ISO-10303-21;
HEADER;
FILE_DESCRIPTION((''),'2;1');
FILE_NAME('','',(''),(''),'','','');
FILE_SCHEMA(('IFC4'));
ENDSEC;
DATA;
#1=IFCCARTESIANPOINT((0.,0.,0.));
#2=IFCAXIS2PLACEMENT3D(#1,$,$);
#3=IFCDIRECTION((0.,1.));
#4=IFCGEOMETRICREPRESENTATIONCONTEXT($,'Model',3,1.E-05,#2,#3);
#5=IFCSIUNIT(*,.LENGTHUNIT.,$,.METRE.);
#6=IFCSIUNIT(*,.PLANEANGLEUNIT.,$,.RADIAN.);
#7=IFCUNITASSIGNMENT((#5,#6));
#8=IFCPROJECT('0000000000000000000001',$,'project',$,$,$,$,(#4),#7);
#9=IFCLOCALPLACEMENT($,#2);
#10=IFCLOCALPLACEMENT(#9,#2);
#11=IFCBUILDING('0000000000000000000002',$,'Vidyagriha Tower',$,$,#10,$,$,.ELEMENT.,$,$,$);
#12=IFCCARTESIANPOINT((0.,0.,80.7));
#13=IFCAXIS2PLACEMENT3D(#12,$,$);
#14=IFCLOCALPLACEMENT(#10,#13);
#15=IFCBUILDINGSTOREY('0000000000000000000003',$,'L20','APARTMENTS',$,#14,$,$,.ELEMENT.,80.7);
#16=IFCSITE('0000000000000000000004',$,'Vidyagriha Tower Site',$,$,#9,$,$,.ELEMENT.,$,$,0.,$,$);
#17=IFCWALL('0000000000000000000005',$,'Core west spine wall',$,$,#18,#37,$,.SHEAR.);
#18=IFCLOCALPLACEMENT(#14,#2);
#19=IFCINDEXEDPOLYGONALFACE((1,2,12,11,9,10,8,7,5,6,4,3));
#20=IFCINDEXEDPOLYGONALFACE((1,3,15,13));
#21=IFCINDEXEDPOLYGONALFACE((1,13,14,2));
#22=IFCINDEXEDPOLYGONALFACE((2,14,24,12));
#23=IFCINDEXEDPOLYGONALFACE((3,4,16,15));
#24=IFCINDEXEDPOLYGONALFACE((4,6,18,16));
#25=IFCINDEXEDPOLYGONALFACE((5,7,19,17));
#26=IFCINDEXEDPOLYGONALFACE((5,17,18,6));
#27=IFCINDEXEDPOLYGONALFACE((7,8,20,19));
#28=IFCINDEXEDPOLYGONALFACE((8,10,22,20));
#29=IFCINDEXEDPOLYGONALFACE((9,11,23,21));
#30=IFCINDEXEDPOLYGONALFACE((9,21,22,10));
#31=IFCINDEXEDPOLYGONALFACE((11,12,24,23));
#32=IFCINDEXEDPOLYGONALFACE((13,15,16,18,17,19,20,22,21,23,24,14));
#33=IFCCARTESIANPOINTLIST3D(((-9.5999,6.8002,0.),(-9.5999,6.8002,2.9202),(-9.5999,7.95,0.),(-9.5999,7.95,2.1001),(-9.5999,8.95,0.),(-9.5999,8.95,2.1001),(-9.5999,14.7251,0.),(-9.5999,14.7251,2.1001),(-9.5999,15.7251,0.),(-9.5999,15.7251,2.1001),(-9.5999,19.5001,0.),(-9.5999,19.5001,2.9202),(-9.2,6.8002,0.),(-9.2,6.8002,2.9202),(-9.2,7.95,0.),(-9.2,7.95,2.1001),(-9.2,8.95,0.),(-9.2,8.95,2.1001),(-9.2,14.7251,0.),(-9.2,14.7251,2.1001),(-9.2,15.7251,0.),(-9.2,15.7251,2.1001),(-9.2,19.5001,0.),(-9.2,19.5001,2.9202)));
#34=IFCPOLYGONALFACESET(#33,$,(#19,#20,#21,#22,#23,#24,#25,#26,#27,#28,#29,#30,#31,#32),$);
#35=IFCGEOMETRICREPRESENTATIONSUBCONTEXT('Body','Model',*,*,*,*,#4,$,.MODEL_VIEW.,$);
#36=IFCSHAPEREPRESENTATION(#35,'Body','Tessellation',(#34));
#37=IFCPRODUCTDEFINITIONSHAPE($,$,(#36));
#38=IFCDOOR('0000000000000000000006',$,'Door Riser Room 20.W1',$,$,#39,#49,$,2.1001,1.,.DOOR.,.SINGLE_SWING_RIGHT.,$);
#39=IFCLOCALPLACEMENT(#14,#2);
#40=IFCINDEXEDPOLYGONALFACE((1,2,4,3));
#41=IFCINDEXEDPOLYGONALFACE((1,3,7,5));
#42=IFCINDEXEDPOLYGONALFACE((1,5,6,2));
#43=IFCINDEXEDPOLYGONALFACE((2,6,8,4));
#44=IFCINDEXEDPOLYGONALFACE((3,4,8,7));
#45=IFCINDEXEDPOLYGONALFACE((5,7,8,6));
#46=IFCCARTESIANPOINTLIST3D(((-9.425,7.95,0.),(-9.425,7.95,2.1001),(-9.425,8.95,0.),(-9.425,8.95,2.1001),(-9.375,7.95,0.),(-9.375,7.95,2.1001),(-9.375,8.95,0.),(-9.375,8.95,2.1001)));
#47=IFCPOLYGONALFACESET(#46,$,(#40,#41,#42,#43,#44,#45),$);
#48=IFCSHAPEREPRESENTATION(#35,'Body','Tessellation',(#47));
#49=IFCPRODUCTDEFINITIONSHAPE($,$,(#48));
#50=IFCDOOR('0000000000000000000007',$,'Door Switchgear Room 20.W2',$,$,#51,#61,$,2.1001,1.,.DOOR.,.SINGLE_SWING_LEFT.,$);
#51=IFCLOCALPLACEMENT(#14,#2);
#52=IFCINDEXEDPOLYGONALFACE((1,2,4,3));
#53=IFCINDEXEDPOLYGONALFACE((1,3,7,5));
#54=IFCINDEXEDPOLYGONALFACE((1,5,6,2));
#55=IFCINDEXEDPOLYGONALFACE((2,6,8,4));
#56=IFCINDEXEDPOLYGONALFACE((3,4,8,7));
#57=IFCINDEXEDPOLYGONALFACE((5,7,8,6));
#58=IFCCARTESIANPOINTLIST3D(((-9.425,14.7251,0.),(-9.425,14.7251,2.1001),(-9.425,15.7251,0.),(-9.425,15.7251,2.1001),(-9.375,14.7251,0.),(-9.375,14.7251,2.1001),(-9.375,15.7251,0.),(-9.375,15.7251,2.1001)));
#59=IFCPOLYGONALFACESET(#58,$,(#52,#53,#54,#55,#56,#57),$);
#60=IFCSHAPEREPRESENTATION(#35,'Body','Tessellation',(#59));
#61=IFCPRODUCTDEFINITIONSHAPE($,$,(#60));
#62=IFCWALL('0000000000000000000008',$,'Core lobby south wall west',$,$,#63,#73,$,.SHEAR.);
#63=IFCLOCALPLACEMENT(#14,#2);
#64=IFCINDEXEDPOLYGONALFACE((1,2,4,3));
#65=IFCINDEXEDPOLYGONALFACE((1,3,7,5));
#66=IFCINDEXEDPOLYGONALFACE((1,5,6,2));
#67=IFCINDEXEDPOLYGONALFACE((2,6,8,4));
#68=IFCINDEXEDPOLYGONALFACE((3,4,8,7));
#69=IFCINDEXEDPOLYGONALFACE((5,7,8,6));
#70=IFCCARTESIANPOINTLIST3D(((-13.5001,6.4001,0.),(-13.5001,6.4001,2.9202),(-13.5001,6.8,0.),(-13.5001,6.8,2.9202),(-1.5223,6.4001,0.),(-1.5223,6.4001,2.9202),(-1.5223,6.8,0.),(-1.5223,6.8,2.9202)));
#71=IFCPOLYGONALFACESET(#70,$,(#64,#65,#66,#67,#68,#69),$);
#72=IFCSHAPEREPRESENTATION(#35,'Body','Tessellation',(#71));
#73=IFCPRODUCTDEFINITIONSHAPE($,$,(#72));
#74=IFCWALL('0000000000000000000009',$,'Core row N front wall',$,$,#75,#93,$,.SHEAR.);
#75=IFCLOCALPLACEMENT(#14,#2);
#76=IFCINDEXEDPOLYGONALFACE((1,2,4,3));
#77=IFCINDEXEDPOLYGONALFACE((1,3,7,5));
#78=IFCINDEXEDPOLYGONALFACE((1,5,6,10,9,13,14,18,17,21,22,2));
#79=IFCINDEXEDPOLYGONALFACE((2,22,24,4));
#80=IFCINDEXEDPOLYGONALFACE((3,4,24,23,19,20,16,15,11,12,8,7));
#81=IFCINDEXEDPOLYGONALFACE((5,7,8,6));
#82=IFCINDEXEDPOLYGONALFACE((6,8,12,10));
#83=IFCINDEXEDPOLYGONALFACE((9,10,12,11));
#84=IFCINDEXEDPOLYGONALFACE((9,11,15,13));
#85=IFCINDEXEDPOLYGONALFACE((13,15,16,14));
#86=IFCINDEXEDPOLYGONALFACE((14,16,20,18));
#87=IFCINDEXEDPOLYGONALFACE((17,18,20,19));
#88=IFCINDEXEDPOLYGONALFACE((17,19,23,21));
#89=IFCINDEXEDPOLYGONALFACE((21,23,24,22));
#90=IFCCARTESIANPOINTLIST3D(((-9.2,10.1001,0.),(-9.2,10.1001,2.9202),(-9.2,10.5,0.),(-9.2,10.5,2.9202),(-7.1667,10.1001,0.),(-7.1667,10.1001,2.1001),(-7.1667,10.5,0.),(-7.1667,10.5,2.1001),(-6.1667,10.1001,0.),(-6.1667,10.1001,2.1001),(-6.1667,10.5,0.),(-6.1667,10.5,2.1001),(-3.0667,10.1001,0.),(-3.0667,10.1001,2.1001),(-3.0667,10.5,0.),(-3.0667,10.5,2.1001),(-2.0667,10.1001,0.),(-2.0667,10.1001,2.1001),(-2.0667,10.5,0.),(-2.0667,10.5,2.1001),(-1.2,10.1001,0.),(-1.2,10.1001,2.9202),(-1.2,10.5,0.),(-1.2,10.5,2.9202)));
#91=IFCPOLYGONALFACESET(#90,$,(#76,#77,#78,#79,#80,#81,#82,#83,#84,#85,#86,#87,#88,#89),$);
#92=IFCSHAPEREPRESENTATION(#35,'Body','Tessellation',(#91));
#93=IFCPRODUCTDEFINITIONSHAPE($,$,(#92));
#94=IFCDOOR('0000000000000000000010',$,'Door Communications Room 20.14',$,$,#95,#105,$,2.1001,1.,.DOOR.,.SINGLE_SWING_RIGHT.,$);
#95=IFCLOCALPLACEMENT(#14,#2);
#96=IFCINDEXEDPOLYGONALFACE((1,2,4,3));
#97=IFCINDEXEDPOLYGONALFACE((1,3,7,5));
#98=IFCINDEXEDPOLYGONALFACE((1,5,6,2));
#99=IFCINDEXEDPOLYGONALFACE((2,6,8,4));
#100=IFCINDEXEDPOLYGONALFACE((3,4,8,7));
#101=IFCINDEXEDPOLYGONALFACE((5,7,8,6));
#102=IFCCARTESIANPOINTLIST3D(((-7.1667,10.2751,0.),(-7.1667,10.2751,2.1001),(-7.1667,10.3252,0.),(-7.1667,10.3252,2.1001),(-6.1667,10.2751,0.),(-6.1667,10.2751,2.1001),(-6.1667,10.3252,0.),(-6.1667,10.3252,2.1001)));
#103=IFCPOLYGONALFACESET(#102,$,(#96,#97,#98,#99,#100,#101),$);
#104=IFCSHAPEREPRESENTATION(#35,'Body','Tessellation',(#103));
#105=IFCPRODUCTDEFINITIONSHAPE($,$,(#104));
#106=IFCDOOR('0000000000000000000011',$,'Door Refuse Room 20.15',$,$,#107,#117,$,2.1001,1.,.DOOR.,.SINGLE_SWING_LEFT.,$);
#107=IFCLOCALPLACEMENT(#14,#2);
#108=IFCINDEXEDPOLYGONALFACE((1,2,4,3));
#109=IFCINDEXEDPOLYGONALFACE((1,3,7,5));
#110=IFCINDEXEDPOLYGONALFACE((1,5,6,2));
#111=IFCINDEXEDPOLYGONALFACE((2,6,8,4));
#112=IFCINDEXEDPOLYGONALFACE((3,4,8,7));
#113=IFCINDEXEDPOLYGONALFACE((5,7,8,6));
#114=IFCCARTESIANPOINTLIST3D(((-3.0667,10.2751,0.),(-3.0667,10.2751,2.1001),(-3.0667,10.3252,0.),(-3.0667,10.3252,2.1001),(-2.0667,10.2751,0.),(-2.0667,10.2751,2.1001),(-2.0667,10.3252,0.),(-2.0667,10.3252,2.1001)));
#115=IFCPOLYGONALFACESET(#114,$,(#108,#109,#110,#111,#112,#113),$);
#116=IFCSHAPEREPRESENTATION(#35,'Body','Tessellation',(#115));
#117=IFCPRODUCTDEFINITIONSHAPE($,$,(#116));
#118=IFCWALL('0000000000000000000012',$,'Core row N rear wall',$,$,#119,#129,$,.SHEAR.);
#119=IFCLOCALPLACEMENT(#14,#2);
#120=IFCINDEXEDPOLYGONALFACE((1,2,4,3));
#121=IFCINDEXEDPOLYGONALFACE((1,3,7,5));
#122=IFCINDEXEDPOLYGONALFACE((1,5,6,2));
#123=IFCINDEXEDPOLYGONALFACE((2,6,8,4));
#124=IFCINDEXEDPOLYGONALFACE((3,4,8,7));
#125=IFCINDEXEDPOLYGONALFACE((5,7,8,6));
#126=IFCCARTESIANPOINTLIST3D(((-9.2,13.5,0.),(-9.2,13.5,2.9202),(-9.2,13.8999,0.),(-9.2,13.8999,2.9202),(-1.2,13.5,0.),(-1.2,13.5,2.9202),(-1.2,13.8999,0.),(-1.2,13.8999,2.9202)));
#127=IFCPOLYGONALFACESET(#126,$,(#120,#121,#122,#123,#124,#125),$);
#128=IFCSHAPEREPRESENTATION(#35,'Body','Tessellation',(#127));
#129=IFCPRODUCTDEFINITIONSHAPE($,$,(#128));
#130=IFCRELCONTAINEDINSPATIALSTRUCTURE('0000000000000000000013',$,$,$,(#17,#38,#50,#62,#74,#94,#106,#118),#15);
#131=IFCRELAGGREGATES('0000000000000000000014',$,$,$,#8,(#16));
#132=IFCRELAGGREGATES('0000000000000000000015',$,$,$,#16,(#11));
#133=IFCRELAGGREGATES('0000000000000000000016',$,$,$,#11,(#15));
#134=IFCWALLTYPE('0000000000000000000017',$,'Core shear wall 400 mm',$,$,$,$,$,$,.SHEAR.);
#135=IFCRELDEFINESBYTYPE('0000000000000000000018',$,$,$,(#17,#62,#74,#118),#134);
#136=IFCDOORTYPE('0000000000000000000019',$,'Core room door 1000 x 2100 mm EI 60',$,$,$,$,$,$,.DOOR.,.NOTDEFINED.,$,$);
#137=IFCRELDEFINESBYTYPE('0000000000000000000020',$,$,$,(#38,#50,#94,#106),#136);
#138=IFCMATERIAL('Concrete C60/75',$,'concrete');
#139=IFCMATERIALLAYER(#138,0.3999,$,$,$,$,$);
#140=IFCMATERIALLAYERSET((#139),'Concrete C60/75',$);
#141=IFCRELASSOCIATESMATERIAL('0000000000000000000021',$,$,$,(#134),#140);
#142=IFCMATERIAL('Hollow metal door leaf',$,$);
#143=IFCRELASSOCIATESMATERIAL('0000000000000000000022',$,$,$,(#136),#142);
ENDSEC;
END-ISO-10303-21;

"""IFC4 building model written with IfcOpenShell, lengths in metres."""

from ifc_helpers import new_model, si_unit, direction, frame, frame_2d, origin, place, context, subcontext, project, spatial, rectangle, extrude, material, layer, layer_set, type_object, element, fill, save


model = new_model("IFC4")

# Units and contexts
model_context = context("Model", 3, precision=1e-05, world=origin(), true_north=direction((0.0, 1.0)))
body_context = subcontext(model_context, "Body", "Model", "MODEL_VIEW")
ifc_project = project(units=[si_unit("LENGTHUNIT", "METRE"), si_unit("PLANEANGLEUNIT", "RADIAN")], contexts=[model_context])

# Site, building, storey
site_placement = place(None, origin())
site = spatial("IfcSite", under=ifc_project, at=site_placement, Name="Vidyagriha Tower Site", CompositionType="ELEMENT", RefElevation=0.0)
building_placement = place(site_placement, origin())
building = spatial("IfcBuilding", under=site, at=building_placement, Name="Vidyagriha Tower", CompositionType="ELEMENT")
storey_placement = place(building_placement, frame((0.0, 0.0, 80.7)))
storey = spatial("IfcBuildingStorey", under=building, at=storey_placement, Name="L20", Description="APARTMENTS", CompositionType="ELEMENT", Elevation=80.7)

# Wall, openings, doors
ifc_material_1 = material(Name="Concrete C60/75", Category="concrete")
ifc_layer_1 = layer(ifc_material_1, 0.3999)
ifc_layer_set_1 = layer_set([ifc_layer_1], Name="Concrete C60/75")
wall_type_1 = type_object("IfcWallType", Name="Core shear wall 400 mm", PredefinedType="SHEAR", material=ifc_layer_set_1)
wall_1_placement = place(storey_placement, frame((-9.3999, 6.8, 0.0), z_axis=(0.0, 0.0, 1.0), x_axis=(0.0, 1.0, 0.0)))
wall_1 = element("IfcWall", 1, at=wall_1_placement, inside=storey, type_object=wall_type_1, Name="Core west spine wall", PredefinedType="SHEAR", context=body_context, shape_type="SweptSolid", body=[
    extrude(rectangle(XDim=12.7, YDim=0.3999, at=frame_2d((6.3501, 0.0))), origin(), (0.0, 0.0, 1.0), 2.9202),
])
opening_1_placement = place(wall_1_placement, frame((1.1499, 0.0, 0.0)))
opening_1 = element("IfcOpeningElement", 2, at=opening_1_placement, cuts=wall_1, PredefinedType="OPENING", context=body_context, shape_type="SweptSolid", body=[
    extrude(rectangle(XDim=1.0, YDim=2.1001, at=frame_2d((0.5, 1.05))), frame((0.0, 0.21, 0.0), z_axis=(0.0, -1.0, 0.0), x_axis=(1.0, 0.0, 0.0)), (0.0, 0.0, 1.0), 0.4199),
])
opening_2_placement = place(wall_1_placement, frame((7.925, 0.0, 0.0)))
opening_2 = element("IfcOpeningElement", 3, at=opening_2_placement, cuts=wall_1, PredefinedType="OPENING", context=body_context, shape_type="SweptSolid", body=[
    extrude(rectangle(XDim=1.0, YDim=2.1001, at=frame_2d((0.5, 1.05))), frame((0.0, 0.21, 0.0), z_axis=(0.0, -1.0, 0.0), x_axis=(1.0, 0.0, 0.0)), (0.0, 0.0, 1.0), 0.4199),
])
ifc_material_2 = material(Name="Hollow metal door leaf")
door_type_1 = type_object("IfcDoorType", Name="Core room door 1000 x 2100 mm EI 60", OperationType="NOTDEFINED", PredefinedType="DOOR", material=ifc_material_2)
door_1_placement = place(opening_1_placement, frame((1.0, 0.0, 0.0), z_axis=(0.0, 0.0, 1.0), x_axis=(-1.0, 0.0, 0.0)))
door_1 = element("IfcDoor", 4, at=door_1_placement, inside=storey, type_object=door_type_1, Name="Door Riser Room 20.W1", OperationType="SINGLE_SWING_RIGHT", OverallHeight=2.1001, OverallWidth=1.0, PredefinedType="DOOR", context=body_context, shape_type="SweptSolid", body=[
    extrude(rectangle(XDim=1.0, YDim=2.1001, at=frame_2d((0.5, 1.05))), frame((0.0, 0.0249, 0.0), z_axis=(0.0, -1.0, 0.0), x_axis=(1.0, 0.0, 0.0)), (0.0, 0.0, 1.0), 0.05),
])
fill(opening_1, door_1)
door_2_placement = place(opening_2_placement, frame((1.0, 0.0, 0.0), z_axis=(0.0, 0.0, 1.0), x_axis=(-1.0, 0.0, 0.0)))
door_2 = element("IfcDoor", 5, at=door_2_placement, inside=storey, type_object=door_type_1, Name="Door Switchgear Room 20.W2", OperationType="SINGLE_SWING_LEFT", OverallHeight=2.1001, OverallWidth=1.0, PredefinedType="DOOR", context=body_context, shape_type="SweptSolid", body=[
    extrude(rectangle(XDim=1.0, YDim=2.1001, at=frame_2d((0.5, 1.05))), frame((0.0, 0.0249, 0.0), z_axis=(0.0, -1.0, 0.0), x_axis=(1.0, 0.0, 0.0)), (0.0, 0.0, 1.0), 0.05),
])
fill(opening_2, door_2)

# Wall
wall_2_placement = place(storey_placement, frame((-13.5, 6.6001, 0.0)))
element("IfcWall", 6, at=wall_2_placement, inside=storey, type_object=wall_type_1, Name="Core lobby south wall west", PredefinedType="SHEAR", context=body_context, shape_type="SweptSolid", body=[
    extrude(rectangle(XDim=11.9778, YDim=0.3999, at=frame_2d((5.9888, 0.0))), origin(), (0.0, 0.0, 1.0), 2.9202),
])

# Wall, openings, doors
wall_3_placement = place(storey_placement, frame((-9.2, 10.3, 0.0)))
wall_3 = element("IfcWall", 7, at=wall_3_placement, inside=storey, type_object=wall_type_1, Name="Core row N front wall", PredefinedType="SHEAR", context=body_context, shape_type="SweptSolid", body=[
    extrude(rectangle(XDim=8.0, YDim=0.3999, at=frame_2d((4.0, 0.0))), origin(), (0.0, 0.0, 1.0), 2.9202),
])
opening_3_placement = place(wall_3_placement, frame((2.0332, 0.0, 0.0)))
opening_3 = element("IfcOpeningElement", 8, at=opening_3_placement, cuts=wall_3, PredefinedType="OPENING", context=body_context, shape_type="SweptSolid", body=[
    extrude(rectangle(XDim=1.0, YDim=2.1001, at=frame_2d((0.5, 1.05))), frame((0.0, 0.21, 0.0), z_axis=(0.0, -1.0, 0.0), x_axis=(1.0, 0.0, 0.0)), (0.0, 0.0, 1.0), 0.4199),
])
opening_4_placement = place(wall_3_placement, frame((6.1333, 0.0, 0.0)))
opening_4 = element("IfcOpeningElement", 9, at=opening_4_placement, cuts=wall_3, PredefinedType="OPENING", context=body_context, shape_type="SweptSolid", body=[
    extrude(rectangle(XDim=1.0, YDim=2.1001, at=frame_2d((0.5, 1.05))), frame((0.0, 0.21, 0.0), z_axis=(0.0, -1.0, 0.0), x_axis=(1.0, 0.0, 0.0)), (0.0, 0.0, 1.0), 0.4199),
])
door_3_placement = place(opening_3_placement, frame((1.0, 0.0, 0.0), z_axis=(0.0, 0.0, 1.0), x_axis=(-1.0, 0.0, 0.0)))
door_3 = element("IfcDoor", 10, at=door_3_placement, inside=storey, type_object=door_type_1, Name="Door Communications Room 20.14", OperationType="SINGLE_SWING_RIGHT", OverallHeight=2.1001, OverallWidth=1.0, PredefinedType="DOOR", context=body_context, shape_type="SweptSolid", body=[
    extrude(rectangle(XDim=1.0, YDim=2.1001, at=frame_2d((0.5, 1.05))), frame((0.0, 0.0249, 0.0), z_axis=(0.0, -1.0, 0.0), x_axis=(1.0, 0.0, 0.0)), (0.0, 0.0, 1.0), 0.05),
])
fill(opening_3, door_3)
door_4_placement = place(opening_4_placement, frame((1.0, 0.0, 0.0), z_axis=(0.0, 0.0, 1.0), x_axis=(-1.0, 0.0, 0.0)))
door_4 = element("IfcDoor", 11, at=door_4_placement, inside=storey, type_object=door_type_1, Name="Door Refuse Room 20.15", OperationType="SINGLE_SWING_LEFT", OverallHeight=2.1001, OverallWidth=1.0, PredefinedType="DOOR", context=body_context, shape_type="SweptSolid", body=[
    extrude(rectangle(XDim=1.0, YDim=2.1001, at=frame_2d((0.5, 1.05))), frame((0.0, 0.0249, 0.0), z_axis=(0.0, -1.0, 0.0), x_axis=(1.0, 0.0, 0.0)), (0.0, 0.0, 1.0), 0.05),
])
fill(opening_4, door_4)

# Wall
wall_4_placement = place(storey_placement, frame((-9.2, 13.7, 0.0)))
element("IfcWall", 12, at=wall_4_placement, inside=storey, type_object=wall_type_1, Name="Core row N rear wall", PredefinedType="SHEAR", context=body_context, shape_type="SweptSolid", body=[
    extrude(rectangle(XDim=8.0, YDim=0.3999, at=frame_2d((4.0, 0.0))), origin(), (0.0, 0.0, 1.0), 2.9202),
])

save(model, "model.ifc")
